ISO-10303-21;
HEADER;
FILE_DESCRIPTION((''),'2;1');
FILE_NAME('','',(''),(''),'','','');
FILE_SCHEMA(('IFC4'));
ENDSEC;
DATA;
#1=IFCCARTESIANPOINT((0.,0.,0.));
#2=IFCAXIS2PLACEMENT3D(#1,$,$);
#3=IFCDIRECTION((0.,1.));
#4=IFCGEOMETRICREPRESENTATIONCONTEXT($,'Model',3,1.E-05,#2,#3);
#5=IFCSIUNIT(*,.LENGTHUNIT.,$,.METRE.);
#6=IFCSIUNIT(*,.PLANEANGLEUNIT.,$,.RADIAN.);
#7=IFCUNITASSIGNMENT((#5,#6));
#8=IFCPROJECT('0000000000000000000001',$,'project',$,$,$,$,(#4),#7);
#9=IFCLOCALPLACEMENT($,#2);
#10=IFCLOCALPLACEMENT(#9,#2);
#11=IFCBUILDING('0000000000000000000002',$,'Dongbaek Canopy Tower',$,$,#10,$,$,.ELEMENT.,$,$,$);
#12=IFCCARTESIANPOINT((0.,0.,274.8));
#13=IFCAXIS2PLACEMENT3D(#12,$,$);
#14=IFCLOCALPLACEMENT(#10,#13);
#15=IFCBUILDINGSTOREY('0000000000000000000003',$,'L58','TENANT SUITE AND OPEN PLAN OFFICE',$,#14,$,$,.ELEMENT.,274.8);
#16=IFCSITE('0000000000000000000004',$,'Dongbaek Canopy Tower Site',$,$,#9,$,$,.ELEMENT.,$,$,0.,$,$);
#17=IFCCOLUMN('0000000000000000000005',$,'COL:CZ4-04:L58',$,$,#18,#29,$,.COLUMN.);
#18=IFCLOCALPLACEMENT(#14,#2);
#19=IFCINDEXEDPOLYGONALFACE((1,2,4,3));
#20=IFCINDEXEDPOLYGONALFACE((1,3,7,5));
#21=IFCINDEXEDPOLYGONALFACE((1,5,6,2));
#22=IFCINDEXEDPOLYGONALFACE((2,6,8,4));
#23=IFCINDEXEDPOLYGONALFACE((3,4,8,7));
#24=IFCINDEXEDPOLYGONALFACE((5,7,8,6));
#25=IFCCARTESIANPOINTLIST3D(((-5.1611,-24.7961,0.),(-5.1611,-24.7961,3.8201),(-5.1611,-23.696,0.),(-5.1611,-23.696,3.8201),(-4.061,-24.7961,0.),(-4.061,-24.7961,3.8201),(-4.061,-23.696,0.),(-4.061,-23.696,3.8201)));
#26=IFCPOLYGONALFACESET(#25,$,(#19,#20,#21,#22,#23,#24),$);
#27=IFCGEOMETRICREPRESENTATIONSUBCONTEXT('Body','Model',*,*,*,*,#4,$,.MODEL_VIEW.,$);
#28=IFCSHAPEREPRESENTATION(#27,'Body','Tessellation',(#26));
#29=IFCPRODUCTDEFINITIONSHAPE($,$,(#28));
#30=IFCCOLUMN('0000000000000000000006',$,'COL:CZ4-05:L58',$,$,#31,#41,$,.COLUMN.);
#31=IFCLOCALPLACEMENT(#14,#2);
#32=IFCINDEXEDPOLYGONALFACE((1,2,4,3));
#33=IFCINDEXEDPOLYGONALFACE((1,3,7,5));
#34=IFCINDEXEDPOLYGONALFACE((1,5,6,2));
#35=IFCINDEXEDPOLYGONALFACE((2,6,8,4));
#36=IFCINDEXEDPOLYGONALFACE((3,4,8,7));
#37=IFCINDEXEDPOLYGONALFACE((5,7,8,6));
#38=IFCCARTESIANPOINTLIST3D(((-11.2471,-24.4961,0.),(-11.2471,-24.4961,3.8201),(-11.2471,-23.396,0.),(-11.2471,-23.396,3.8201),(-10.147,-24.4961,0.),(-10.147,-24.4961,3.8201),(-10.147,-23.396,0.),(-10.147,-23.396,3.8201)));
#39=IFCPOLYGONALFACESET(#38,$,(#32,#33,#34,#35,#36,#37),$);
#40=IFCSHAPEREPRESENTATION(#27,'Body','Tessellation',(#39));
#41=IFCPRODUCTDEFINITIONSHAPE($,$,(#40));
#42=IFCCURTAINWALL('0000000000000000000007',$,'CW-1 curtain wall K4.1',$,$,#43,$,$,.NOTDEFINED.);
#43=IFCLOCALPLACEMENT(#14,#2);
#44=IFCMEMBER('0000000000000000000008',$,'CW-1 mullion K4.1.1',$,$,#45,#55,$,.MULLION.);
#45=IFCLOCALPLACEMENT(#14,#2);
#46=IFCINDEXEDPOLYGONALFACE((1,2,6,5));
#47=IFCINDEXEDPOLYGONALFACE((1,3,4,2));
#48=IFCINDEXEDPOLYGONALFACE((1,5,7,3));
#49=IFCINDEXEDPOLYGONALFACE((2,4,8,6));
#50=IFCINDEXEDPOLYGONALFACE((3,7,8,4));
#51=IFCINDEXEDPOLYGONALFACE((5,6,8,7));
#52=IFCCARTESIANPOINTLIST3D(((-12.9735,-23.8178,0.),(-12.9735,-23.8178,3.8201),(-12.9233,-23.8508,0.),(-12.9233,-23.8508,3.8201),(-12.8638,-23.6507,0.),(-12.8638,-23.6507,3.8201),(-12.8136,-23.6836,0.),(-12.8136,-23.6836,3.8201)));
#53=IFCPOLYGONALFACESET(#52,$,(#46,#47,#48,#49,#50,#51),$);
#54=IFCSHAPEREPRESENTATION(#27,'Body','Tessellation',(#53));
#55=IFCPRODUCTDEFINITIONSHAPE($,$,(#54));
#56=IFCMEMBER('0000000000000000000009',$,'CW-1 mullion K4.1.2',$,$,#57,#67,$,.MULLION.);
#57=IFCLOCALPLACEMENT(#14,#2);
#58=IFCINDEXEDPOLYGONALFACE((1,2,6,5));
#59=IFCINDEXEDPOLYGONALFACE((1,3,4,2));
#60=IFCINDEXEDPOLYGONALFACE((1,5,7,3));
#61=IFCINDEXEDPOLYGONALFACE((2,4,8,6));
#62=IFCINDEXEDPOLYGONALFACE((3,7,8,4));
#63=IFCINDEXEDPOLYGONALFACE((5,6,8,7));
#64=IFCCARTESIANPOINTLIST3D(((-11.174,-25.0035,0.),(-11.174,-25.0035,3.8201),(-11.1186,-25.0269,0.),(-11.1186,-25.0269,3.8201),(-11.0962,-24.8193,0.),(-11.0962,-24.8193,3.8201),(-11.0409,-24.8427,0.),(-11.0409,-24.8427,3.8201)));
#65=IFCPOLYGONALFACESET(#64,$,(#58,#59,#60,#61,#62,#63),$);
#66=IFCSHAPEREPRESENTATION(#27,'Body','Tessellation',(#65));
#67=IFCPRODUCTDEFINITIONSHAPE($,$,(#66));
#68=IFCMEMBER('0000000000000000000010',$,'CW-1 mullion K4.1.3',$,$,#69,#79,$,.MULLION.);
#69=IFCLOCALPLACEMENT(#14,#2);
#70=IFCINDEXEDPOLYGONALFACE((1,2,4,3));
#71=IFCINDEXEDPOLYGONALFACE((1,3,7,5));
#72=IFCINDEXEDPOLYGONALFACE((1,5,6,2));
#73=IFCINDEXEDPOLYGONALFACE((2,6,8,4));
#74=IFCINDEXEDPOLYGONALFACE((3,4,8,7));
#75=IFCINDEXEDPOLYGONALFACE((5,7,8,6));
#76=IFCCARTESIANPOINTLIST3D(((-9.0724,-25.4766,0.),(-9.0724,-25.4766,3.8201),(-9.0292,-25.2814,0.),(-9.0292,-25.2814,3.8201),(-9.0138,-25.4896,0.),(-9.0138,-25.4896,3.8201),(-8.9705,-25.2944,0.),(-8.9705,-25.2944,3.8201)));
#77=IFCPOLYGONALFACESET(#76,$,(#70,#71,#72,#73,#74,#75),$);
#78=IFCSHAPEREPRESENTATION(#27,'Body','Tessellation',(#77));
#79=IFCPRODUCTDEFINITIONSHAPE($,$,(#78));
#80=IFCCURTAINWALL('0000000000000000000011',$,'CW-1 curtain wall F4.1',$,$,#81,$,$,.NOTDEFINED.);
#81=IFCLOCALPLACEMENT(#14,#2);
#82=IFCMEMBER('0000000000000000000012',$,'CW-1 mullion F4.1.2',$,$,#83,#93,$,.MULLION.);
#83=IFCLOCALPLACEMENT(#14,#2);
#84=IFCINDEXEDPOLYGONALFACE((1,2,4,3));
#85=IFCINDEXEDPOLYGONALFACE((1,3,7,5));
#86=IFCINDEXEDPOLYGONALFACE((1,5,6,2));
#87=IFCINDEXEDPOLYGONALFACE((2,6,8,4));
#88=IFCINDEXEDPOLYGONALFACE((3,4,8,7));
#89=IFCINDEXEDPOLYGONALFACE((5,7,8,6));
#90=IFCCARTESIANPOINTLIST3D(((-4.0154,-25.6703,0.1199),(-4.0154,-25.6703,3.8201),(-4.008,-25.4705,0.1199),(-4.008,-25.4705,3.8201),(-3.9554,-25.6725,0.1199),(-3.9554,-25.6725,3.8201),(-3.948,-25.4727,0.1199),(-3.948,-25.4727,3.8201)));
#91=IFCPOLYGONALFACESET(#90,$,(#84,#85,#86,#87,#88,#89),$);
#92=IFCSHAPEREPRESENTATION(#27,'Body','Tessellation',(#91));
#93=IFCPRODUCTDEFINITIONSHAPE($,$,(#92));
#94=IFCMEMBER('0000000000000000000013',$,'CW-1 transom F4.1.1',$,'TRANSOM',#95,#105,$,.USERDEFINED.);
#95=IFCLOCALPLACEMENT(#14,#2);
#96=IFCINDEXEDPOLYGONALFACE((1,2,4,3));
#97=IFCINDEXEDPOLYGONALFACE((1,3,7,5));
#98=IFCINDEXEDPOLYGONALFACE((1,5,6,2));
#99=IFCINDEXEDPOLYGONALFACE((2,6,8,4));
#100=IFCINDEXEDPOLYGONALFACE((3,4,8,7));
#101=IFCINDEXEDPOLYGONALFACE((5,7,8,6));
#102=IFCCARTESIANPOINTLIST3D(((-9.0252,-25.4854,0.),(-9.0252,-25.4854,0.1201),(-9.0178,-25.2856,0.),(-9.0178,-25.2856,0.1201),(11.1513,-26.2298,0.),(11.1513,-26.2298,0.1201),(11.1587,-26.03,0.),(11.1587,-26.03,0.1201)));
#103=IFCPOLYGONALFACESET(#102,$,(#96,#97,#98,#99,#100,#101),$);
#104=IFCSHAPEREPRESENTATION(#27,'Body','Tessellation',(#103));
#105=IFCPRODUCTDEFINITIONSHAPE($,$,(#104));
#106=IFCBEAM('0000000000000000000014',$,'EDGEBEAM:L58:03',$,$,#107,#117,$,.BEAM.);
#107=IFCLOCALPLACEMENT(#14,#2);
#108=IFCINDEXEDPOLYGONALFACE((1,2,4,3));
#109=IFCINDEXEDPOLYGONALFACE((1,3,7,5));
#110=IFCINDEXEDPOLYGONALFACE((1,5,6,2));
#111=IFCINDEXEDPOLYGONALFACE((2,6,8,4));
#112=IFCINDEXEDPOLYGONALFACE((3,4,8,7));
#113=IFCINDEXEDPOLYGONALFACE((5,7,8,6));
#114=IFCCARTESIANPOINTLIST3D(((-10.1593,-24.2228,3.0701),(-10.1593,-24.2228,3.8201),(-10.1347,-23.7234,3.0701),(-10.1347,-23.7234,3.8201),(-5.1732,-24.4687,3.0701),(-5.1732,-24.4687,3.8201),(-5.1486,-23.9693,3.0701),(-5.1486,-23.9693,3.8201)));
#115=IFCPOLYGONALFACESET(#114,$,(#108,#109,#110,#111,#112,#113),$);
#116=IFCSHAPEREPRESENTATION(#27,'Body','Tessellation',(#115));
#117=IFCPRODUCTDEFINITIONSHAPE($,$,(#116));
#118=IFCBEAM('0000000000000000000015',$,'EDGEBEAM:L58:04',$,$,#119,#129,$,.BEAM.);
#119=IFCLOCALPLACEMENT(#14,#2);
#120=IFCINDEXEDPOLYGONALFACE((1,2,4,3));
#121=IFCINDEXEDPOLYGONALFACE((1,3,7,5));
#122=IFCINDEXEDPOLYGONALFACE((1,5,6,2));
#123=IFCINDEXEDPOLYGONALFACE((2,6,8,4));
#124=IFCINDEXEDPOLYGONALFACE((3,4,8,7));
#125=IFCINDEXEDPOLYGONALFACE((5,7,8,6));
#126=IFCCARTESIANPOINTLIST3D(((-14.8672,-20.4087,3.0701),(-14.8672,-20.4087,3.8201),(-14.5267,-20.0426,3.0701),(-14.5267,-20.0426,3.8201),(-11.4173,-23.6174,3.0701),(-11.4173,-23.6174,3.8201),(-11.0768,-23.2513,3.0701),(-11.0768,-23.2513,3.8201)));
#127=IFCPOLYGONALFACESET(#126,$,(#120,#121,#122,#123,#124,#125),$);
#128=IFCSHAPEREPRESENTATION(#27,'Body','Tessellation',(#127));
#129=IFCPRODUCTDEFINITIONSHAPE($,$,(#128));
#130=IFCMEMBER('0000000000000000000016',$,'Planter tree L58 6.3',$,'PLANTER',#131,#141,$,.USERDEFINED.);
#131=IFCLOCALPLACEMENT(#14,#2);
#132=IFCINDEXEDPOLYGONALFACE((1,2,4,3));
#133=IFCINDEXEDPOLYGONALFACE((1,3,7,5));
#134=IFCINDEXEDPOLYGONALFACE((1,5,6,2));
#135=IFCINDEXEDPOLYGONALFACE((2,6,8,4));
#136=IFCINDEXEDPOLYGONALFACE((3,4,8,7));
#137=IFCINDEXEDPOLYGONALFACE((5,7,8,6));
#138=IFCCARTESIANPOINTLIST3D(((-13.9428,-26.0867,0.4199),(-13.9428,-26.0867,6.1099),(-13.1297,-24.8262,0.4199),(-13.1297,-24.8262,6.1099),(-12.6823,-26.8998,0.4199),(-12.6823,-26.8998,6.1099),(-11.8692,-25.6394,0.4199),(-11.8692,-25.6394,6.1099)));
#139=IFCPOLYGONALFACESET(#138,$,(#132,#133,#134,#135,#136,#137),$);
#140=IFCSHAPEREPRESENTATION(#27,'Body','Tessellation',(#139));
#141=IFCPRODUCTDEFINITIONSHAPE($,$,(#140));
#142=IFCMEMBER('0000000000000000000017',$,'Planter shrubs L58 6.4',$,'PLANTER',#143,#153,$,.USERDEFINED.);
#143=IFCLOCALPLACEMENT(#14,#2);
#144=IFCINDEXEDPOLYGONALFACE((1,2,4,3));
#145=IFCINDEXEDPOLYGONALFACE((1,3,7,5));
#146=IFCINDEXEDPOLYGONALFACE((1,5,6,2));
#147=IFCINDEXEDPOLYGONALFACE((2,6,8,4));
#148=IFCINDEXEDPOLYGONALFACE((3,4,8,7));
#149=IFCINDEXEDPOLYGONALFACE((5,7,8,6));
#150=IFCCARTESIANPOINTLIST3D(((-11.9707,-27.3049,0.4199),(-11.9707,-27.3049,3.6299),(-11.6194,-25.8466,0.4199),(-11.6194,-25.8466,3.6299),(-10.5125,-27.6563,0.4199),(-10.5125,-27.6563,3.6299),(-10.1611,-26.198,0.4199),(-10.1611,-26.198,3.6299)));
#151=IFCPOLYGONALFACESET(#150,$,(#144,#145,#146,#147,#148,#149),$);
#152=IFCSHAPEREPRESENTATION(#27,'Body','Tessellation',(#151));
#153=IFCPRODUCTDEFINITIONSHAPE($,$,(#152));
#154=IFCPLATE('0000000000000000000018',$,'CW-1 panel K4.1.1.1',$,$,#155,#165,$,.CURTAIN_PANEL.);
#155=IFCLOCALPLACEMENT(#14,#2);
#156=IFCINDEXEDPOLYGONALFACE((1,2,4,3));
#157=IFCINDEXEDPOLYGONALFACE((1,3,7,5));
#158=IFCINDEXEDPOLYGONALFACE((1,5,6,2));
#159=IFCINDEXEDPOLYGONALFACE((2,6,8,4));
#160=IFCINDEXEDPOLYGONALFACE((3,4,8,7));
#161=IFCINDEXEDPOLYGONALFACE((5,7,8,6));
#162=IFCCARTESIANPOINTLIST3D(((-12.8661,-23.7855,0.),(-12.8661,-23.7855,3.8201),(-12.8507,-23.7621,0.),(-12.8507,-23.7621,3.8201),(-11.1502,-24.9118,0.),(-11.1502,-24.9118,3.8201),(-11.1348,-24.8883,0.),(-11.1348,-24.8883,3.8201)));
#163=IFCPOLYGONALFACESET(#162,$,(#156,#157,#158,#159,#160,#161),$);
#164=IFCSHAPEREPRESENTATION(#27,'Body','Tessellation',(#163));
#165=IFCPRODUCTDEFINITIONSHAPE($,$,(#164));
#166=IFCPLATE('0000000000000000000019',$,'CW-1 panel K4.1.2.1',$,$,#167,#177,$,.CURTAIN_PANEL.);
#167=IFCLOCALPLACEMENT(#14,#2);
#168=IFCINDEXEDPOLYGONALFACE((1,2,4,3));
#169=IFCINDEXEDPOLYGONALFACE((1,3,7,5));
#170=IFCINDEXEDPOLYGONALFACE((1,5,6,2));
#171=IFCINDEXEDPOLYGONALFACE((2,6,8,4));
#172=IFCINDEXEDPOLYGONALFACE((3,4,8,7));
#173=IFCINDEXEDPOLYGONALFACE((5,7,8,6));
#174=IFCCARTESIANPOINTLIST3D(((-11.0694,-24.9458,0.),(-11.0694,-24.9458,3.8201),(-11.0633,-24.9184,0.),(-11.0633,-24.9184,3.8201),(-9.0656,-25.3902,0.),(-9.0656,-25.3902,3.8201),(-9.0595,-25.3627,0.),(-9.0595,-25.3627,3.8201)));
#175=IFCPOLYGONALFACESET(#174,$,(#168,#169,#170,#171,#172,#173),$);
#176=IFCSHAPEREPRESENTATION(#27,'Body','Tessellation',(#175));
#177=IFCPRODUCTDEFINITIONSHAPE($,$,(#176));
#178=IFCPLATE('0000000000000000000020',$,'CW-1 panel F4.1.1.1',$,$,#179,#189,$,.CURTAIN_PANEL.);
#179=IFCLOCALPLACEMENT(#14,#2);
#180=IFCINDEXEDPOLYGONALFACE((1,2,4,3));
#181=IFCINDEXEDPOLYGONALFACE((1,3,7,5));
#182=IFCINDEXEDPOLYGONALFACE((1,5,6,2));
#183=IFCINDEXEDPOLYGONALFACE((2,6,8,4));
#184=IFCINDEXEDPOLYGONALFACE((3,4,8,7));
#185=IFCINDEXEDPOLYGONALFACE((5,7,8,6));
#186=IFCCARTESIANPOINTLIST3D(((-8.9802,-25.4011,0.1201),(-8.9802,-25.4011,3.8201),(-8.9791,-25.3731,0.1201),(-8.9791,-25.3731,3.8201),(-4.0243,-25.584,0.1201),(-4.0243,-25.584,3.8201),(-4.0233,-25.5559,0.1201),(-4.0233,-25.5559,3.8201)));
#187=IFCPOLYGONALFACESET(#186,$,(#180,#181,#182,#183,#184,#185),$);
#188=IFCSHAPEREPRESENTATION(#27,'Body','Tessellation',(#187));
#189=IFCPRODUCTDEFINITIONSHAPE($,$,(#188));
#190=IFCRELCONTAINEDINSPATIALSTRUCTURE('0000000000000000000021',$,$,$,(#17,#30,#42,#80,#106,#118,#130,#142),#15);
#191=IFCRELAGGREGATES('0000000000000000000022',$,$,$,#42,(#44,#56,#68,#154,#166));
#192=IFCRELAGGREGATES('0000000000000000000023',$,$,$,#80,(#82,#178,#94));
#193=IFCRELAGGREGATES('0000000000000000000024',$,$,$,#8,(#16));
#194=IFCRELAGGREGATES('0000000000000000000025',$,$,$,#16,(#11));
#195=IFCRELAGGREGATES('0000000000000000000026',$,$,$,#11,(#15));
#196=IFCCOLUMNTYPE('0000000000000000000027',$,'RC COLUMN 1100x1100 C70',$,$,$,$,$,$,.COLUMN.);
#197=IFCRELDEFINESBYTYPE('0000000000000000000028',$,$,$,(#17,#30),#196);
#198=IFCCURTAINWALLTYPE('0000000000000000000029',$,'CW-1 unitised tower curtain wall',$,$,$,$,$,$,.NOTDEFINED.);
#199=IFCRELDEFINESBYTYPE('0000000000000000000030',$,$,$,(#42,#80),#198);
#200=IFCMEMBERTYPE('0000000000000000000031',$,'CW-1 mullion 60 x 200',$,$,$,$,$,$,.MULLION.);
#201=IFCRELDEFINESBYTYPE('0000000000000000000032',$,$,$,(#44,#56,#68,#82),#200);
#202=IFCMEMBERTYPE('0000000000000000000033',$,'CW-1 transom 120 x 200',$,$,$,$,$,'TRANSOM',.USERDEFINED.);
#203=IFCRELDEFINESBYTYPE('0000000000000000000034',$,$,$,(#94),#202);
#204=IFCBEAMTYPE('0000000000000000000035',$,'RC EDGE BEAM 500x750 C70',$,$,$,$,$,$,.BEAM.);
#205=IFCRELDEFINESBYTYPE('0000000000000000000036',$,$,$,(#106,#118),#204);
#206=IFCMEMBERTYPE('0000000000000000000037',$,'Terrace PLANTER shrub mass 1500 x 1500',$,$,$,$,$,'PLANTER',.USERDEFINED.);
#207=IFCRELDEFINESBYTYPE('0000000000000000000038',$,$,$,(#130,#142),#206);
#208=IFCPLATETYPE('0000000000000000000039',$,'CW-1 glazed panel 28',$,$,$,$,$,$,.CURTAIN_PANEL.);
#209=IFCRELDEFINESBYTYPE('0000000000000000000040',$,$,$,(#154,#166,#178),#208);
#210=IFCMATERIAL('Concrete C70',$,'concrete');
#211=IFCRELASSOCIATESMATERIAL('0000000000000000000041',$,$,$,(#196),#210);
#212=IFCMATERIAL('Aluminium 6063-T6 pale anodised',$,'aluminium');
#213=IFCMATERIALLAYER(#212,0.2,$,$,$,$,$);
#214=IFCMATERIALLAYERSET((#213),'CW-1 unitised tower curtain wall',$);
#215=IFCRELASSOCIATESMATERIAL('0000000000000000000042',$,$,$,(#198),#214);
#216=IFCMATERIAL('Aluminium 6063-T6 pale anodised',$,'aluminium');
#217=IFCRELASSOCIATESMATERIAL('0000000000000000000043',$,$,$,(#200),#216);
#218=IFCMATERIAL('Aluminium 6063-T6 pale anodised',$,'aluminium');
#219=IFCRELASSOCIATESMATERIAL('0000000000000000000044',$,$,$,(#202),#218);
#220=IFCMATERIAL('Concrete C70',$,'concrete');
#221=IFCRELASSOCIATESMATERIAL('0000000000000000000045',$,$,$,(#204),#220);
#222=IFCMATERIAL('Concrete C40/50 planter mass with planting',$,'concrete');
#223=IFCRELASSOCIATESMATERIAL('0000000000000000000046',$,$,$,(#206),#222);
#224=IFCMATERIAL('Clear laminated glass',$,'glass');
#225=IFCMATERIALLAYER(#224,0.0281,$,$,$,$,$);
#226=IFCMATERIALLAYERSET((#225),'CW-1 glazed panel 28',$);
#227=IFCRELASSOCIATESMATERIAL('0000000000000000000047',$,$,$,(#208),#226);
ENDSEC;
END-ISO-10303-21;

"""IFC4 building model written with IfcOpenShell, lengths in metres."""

from ifc_helpers import new_model, si_unit, direction, frame, origin, origin_2d, place, context, subcontext, project, spatial, rectangle, extrude, material, layer, layer_set, material_profile, profile_set, type_object, element, aggregate, save


model = new_model("IFC4")

# Units and contexts
model_context = context("Model", 3, precision=1e-05, world=origin(), true_north=direction((0.0, 1.0)))
body_context = subcontext(model_context, "Body", "Model", "MODEL_VIEW")
ifc_project = project(units=[si_unit("LENGTHUNIT", "METRE"), si_unit("PLANEANGLEUNIT", "RADIAN")], contexts=[model_context])

# Site, building, storey
site_placement = place(None, origin())
site = spatial("IfcSite", under=ifc_project, at=site_placement, Name="Dongbaek Canopy Tower Site", CompositionType="ELEMENT", RefElevation=0.0)
building_placement = place(site_placement, origin())
building = spatial("IfcBuilding", under=site, at=building_placement, Name="Dongbaek Canopy Tower", CompositionType="ELEMENT")
storey_placement = place(building_placement, frame((0.0, 0.0, 274.8)))
storey = spatial("IfcBuildingStorey", under=building, at=storey_placement, Name="L58", Description="TENANT SUITE AND OPEN PLAN OFFICE", CompositionType="ELEMENT", Elevation=274.8)

# Columns
ifc_material_1 = material(Name="Concrete C70", Category="concrete")
ifc_material_profile_1 = material_profile(ifc_material_1, rectangle(XDim=1.1001, YDim=1.1001, at=origin_2d()), Name="RC COLUMN 1100x1100 C70")
ifc_profile_set_1 = profile_set([ifc_material_profile_1], Name="Concrete C70")
column_type = type_object("IfcColumnType", Name="RC COLUMN 1100x1100 C70", PredefinedType="COLUMN", material=ifc_profile_set_1)
for number, where, z_axis, x_axis, name in (
    (1, (-4.6111, -24.2461, 0.0), (0.0, 0.0, 1.0), (1.0, 0.0, 0.0), "COL:CZ4-04:L58"),
    (2, (-10.697, -23.946, 0.0), (0.0, 0.0, 1.0), (1.0, 0.0, 0.0), "COL:CZ4-05:L58"),
):
    element("IfcColumn", number, at=place(storey_placement, frame(where, z_axis=z_axis, x_axis=x_axis)), inside=storey, type_object=column_type, Name=name, PredefinedType="COLUMN", context=body_context, shape_type="SweptSolid", body=[
        extrude(rectangle(XDim=1.1001, YDim=1.1001, at=origin_2d()), origin(), (0.0, 0.0, 1.0), 3.8201),
    ])

# Curtain walls, members
ifc_material_2 = material(Name="Aluminium 6063-T6 pale anodised", Category="aluminium")
ifc_layer_1 = layer(ifc_material_2, 0.2)
ifc_layer_set_1 = layer_set([ifc_layer_1], Name="CW-1 unitised tower curtain wall")
curtain_wall_type = type_object("IfcCurtainWallType", Name="CW-1 unitised tower curtain wall", PredefinedType="NOTDEFINED", material=ifc_layer_set_1)
curtain_wall_1_placement = place(storey_placement, origin())
curtain_wall_1 = element("IfcCurtainWall", 3, at=curtain_wall_1_placement, inside=storey, type_object=curtain_wall_type, Name="CW-1 curtain wall K4.1", PredefinedType="NOTDEFINED")
ifc_material_3 = material(Name="Aluminium 6063-T6 pale anodised", Category="aluminium")
ifc_material_profile_2 = material_profile(ifc_material_3, rectangle(XDim=0.2, YDim=0.0601, at=origin_2d()), Name="CW-1 mullion 60 x 200")
ifc_profile_set_2 = profile_set([ifc_material_profile_2], Name="Aluminium 6063-T6 pale anodised")
member_type_1 = type_object("IfcMemberType", Name="CW-1 mullion 60 x 200", PredefinedType="MULLION", material=ifc_profile_set_2)
member_1_placement = place(storey_placement, frame((-12.8936, -23.7507, 0.0), z_axis=(0.0, 0.0, 1.0), x_axis=(-0.548723, -0.836004, 0.0)))
member_1 = element("IfcMember", 4, at=member_1_placement, type_object=member_type_1, Name="CW-1 mullion K4.1.1", PredefinedType="MULLION", context=body_context, shape_type="SweptSolid", body=[
    extrude(rectangle(XDim=0.2, YDim=0.0601, at=origin_2d()), origin(), (0.0, 0.0, 1.0), 3.8201),
])
member_2_placement = place(storey_placement, frame((-11.1074, -24.9231, 0.0), z_axis=(0.0, 0.0, 1.0), x_axis=(-0.388975, -0.921248, 0.0)))
member_2 = element("IfcMember", 5, at=member_2_placement, type_object=member_type_1, Name="CW-1 mullion K4.1.2", PredefinedType="MULLION", context=body_context, shape_type="SweptSolid", body=[
    extrude(rectangle(XDim=0.2, YDim=0.0601, at=origin_2d()), origin(), (0.0, 0.0, 1.0), 3.8201),
])
member_3_placement = place(storey_placement, frame((-9.0215, -25.3855, 0.0), z_axis=(0.0, 0.0, 1.0), x_axis=(-0.216473, -0.976289, 0.0)))
member_3 = element("IfcMember", 6, at=member_3_placement, type_object=member_type_1, Name="CW-1 mullion K4.1.3", PredefinedType="MULLION", context=body_context, shape_type="SweptSolid", body=[
    extrude(rectangle(XDim=0.2, YDim=0.0601, at=origin_2d()), origin(), (0.0, 0.0, 1.0), 3.8201),
])
curtain_wall_2_placement = place(storey_placement, origin())
curtain_wall_2 = element("IfcCurtainWall", 7, at=curtain_wall_2_placement, inside=storey, type_object=curtain_wall_type, Name="CW-1 curtain wall F4.1", PredefinedType="NOTDEFINED")
member_4_placement = place(storey_placement, frame((-3.9817, -25.5715, 0.1199), z_axis=(0.0, 0.0, 1.0), x_axis=(-0.036874, -0.99932, 0.0)))
member_4 = element("IfcMember", 8, at=member_4_placement, type_object=member_type_1, Name="CW-1 mullion F4.1.2", PredefinedType="MULLION", context=body_context, shape_type="SweptSolid", body=[
    extrude(rectangle(XDim=0.2, YDim=0.0601, at=origin_2d()), origin(), (0.0, 0.0, 1.0), 3.7002),
])
ifc_material_4 = material(Name="Aluminium 6063-T6 pale anodised", Category="aluminium")
ifc_material_profile_3 = material_profile(ifc_material_4, rectangle(XDim=0.2, YDim=0.1201, at=origin_2d()), Name="CW-1 transom 120 x 200")
ifc_profile_set_3 = profile_set([ifc_material_profile_3], Name="Aluminium 6063-T6 pale anodised")
member_type_2 = type_object("IfcMemberType", Name="CW-1 transom 120 x 200", ElementType="TRANSOM", PredefinedType="USERDEFINED", material=ifc_profile_set_3)
member_5_placement = place(storey_placement, frame((-9.0215, -25.3855, 0.0601), z_axis=(0.99932, -0.036869, 0.0), x_axis=(0.036869, 0.99932, 0.0)))
member_5 = element("IfcMember", 9, at=member_5_placement, type_object=member_type_2, Name="CW-1 transom F4.1.1", ObjectType="TRANSOM", PredefinedType="USERDEFINED", context=body_context, shape_type="SweptSolid", body=[
    extrude(rectangle(XDim=0.2, YDim=0.1201, at=origin_2d()), origin(), (0.0, 0.0, 1.0), 20.1902),
])

# Beams
ifc_material_5 = material(Name="Concrete C70", Category="concrete")
ifc_material_profile_4 = material_profile(ifc_material_5, rectangle(XDim=0.5, YDim=0.75, at=origin_2d()), Name="RC EDGE BEAM 500x750 C70")
ifc_profile_set_4 = profile_set([ifc_material_profile_4], Name="Concrete C70")
beam_type = type_object("IfcBeamType", Name="RC EDGE BEAM 500x750 C70", PredefinedType="BEAM", material=ifc_profile_set_4)
beam_1_placement = place(storey_placement, frame((-5.1609, -24.219, 3.4451), z_axis=(-0.998787, 0.049247, 0.0), x_axis=(-0.049247, -0.998787, 0.0)))
element("IfcBeam", 10, at=beam_1_placement, inside=storey, type_object=beam_type, Name="EDGEBEAM:L58:03", PredefinedType="BEAM", context=body_context, shape_type="SweptSolid", body=[
    extrude(rectangle(XDim=0.5, YDim=0.75, at=origin_2d()), origin(), (0.0, 0.0, 1.0), 4.9922),
])
beam_2_placement = place(storey_placement, frame((-11.2471, -23.4343, 3.4451), z_axis=(-0.732241, 0.681045, 0.0), x_axis=(-0.681045, -0.732241, 0.0)))
element("IfcBeam", 11, at=beam_2_placement, inside=storey, type_object=beam_type, Name="EDGEBEAM:L58:04", PredefinedType="BEAM", context=body_context, shape_type="SweptSolid", body=[
    extrude(rectangle(XDim=0.5, YDim=0.75, at=origin_2d()), origin(), (0.0, 0.0, 1.0), 4.7114),
])

# Members
ifc_material_6 = material(Name="Concrete C40/50 planter mass with planting", Category="concrete")
ifc_material_profile_5 = material_profile(ifc_material_6, rectangle(XDim=1.5, YDim=1.5, at=origin_2d()), Name="Terrace PLANTER shrub mass 1500 x 1500")
ifc_profile_set_5 = profile_set([ifc_material_profile_5], Name="Concrete C40/50 planter mass with planting")
member_type_3 = type_object("IfcMemberType", Name="Terrace PLANTER shrub mass 1500 x 1500", ElementType="PLANTER", PredefinedType="USERDEFINED", material=ifc_profile_set_5)
member_6_placement = place(storey_placement, frame((-12.906, -25.863, 0.4199), z_axis=(0.0, 0.0, 1.0), x_axis=(-0.542085, -0.840324, 0.0)))
element("IfcMember", 12, at=member_6_placement, inside=storey, type_object=member_type_3, Name="Planter tree L58 6.3", ObjectType="PLANTER", PredefinedType="USERDEFINED", context=body_context, shape_type="SweptSolid", body=[
    extrude(rectangle(XDim=1.5, YDim=1.5, at=origin_2d()), origin(), (0.0, 0.0, 1.0), 5.6899),
])
member_7_placement = place(storey_placement, frame((-11.0659, -26.7515, 0.4199), z_axis=(0.0, 0.0, 1.0), x_axis=(-0.234244, -0.972178, 0.0)))
element("IfcMember", 13, at=member_7_placement, inside=storey, type_object=member_type_3, Name="Planter shrubs L58 6.4", ObjectType="PLANTER", PredefinedType="USERDEFINED", context=body_context, shape_type="SweptSolid", body=[
    extrude(rectangle(XDim=1.5, YDim=1.5, at=origin_2d()), origin(), (0.0, 0.0, 1.0), 3.21),
])

# Plates
ifc_material_7 = material(Name="Clear laminated glass", Category="glass")
ifc_layer_2 = layer(ifc_material_7, 0.0281)
ifc_layer_set_2 = layer_set([ifc_layer_2], Name="CW-1 glazed panel 28")
plate_type = type_object("IfcPlateType", Name="CW-1 glazed panel 28", PredefinedType="CURTAIN_PANEL", material=ifc_layer_set_2)
plate_1_placement = place(storey_placement, frame((-12.0005, -24.3369, 0.0), z_axis=(0.0, 0.0, 1.0), x_axis=(0.836004, -0.548723, 0.0)))
plate_1 = element("IfcPlate", 14, at=plate_1_placement, type_object=plate_type, Name="CW-1 panel K4.1.1.1", PredefinedType="CURTAIN_PANEL", context=body_context, shape_type="SweptSolid", body=[
    extrude(rectangle(XDim=2.0525, YDim=0.0281, at=origin_2d()), origin(), (0.0, 0.0, 1.0), 3.8201),
])
plate_2_placement = place(storey_placement, frame((-10.0645, -25.1543, 0.0), z_axis=(0.0, 0.0, 1.0), x_axis=(0.976289, -0.216473, 0.0)))
plate_2 = element("IfcPlate", 15, at=plate_2_placement, type_object=plate_type, Name="CW-1 panel K4.1.2.1", PredefinedType="CURTAIN_PANEL", context=body_context, shape_type="SweptSolid", body=[
    extrude(rectangle(XDim=2.0525, YDim=0.0281, at=origin_2d()), origin(), (0.0, 0.0, 1.0), 3.8201),
])
aggregate(curtain_wall_1, [member_1, member_2, member_3, plate_1, plate_2])
plate_3_placement = place(storey_placement, frame((-6.5017, -25.4785, 0.1201), z_axis=(0.0, 0.0, 1.0), x_axis=(0.99932, -0.036874, 0.0)))
plate_3 = element("IfcPlate", 16, at=plate_3_placement, type_object=plate_type, Name="CW-1 panel F4.1.1.1", PredefinedType="CURTAIN_PANEL", context=body_context, shape_type="SweptSolid", body=[
    extrude(rectangle(XDim=4.9592, YDim=0.0281, at=origin_2d()), origin(), (0.0, 0.0, 1.0), 3.7),
])

aggregate(curtain_wall_2, [member_4, plate_3, member_5])

save(model, "model.ifc")
